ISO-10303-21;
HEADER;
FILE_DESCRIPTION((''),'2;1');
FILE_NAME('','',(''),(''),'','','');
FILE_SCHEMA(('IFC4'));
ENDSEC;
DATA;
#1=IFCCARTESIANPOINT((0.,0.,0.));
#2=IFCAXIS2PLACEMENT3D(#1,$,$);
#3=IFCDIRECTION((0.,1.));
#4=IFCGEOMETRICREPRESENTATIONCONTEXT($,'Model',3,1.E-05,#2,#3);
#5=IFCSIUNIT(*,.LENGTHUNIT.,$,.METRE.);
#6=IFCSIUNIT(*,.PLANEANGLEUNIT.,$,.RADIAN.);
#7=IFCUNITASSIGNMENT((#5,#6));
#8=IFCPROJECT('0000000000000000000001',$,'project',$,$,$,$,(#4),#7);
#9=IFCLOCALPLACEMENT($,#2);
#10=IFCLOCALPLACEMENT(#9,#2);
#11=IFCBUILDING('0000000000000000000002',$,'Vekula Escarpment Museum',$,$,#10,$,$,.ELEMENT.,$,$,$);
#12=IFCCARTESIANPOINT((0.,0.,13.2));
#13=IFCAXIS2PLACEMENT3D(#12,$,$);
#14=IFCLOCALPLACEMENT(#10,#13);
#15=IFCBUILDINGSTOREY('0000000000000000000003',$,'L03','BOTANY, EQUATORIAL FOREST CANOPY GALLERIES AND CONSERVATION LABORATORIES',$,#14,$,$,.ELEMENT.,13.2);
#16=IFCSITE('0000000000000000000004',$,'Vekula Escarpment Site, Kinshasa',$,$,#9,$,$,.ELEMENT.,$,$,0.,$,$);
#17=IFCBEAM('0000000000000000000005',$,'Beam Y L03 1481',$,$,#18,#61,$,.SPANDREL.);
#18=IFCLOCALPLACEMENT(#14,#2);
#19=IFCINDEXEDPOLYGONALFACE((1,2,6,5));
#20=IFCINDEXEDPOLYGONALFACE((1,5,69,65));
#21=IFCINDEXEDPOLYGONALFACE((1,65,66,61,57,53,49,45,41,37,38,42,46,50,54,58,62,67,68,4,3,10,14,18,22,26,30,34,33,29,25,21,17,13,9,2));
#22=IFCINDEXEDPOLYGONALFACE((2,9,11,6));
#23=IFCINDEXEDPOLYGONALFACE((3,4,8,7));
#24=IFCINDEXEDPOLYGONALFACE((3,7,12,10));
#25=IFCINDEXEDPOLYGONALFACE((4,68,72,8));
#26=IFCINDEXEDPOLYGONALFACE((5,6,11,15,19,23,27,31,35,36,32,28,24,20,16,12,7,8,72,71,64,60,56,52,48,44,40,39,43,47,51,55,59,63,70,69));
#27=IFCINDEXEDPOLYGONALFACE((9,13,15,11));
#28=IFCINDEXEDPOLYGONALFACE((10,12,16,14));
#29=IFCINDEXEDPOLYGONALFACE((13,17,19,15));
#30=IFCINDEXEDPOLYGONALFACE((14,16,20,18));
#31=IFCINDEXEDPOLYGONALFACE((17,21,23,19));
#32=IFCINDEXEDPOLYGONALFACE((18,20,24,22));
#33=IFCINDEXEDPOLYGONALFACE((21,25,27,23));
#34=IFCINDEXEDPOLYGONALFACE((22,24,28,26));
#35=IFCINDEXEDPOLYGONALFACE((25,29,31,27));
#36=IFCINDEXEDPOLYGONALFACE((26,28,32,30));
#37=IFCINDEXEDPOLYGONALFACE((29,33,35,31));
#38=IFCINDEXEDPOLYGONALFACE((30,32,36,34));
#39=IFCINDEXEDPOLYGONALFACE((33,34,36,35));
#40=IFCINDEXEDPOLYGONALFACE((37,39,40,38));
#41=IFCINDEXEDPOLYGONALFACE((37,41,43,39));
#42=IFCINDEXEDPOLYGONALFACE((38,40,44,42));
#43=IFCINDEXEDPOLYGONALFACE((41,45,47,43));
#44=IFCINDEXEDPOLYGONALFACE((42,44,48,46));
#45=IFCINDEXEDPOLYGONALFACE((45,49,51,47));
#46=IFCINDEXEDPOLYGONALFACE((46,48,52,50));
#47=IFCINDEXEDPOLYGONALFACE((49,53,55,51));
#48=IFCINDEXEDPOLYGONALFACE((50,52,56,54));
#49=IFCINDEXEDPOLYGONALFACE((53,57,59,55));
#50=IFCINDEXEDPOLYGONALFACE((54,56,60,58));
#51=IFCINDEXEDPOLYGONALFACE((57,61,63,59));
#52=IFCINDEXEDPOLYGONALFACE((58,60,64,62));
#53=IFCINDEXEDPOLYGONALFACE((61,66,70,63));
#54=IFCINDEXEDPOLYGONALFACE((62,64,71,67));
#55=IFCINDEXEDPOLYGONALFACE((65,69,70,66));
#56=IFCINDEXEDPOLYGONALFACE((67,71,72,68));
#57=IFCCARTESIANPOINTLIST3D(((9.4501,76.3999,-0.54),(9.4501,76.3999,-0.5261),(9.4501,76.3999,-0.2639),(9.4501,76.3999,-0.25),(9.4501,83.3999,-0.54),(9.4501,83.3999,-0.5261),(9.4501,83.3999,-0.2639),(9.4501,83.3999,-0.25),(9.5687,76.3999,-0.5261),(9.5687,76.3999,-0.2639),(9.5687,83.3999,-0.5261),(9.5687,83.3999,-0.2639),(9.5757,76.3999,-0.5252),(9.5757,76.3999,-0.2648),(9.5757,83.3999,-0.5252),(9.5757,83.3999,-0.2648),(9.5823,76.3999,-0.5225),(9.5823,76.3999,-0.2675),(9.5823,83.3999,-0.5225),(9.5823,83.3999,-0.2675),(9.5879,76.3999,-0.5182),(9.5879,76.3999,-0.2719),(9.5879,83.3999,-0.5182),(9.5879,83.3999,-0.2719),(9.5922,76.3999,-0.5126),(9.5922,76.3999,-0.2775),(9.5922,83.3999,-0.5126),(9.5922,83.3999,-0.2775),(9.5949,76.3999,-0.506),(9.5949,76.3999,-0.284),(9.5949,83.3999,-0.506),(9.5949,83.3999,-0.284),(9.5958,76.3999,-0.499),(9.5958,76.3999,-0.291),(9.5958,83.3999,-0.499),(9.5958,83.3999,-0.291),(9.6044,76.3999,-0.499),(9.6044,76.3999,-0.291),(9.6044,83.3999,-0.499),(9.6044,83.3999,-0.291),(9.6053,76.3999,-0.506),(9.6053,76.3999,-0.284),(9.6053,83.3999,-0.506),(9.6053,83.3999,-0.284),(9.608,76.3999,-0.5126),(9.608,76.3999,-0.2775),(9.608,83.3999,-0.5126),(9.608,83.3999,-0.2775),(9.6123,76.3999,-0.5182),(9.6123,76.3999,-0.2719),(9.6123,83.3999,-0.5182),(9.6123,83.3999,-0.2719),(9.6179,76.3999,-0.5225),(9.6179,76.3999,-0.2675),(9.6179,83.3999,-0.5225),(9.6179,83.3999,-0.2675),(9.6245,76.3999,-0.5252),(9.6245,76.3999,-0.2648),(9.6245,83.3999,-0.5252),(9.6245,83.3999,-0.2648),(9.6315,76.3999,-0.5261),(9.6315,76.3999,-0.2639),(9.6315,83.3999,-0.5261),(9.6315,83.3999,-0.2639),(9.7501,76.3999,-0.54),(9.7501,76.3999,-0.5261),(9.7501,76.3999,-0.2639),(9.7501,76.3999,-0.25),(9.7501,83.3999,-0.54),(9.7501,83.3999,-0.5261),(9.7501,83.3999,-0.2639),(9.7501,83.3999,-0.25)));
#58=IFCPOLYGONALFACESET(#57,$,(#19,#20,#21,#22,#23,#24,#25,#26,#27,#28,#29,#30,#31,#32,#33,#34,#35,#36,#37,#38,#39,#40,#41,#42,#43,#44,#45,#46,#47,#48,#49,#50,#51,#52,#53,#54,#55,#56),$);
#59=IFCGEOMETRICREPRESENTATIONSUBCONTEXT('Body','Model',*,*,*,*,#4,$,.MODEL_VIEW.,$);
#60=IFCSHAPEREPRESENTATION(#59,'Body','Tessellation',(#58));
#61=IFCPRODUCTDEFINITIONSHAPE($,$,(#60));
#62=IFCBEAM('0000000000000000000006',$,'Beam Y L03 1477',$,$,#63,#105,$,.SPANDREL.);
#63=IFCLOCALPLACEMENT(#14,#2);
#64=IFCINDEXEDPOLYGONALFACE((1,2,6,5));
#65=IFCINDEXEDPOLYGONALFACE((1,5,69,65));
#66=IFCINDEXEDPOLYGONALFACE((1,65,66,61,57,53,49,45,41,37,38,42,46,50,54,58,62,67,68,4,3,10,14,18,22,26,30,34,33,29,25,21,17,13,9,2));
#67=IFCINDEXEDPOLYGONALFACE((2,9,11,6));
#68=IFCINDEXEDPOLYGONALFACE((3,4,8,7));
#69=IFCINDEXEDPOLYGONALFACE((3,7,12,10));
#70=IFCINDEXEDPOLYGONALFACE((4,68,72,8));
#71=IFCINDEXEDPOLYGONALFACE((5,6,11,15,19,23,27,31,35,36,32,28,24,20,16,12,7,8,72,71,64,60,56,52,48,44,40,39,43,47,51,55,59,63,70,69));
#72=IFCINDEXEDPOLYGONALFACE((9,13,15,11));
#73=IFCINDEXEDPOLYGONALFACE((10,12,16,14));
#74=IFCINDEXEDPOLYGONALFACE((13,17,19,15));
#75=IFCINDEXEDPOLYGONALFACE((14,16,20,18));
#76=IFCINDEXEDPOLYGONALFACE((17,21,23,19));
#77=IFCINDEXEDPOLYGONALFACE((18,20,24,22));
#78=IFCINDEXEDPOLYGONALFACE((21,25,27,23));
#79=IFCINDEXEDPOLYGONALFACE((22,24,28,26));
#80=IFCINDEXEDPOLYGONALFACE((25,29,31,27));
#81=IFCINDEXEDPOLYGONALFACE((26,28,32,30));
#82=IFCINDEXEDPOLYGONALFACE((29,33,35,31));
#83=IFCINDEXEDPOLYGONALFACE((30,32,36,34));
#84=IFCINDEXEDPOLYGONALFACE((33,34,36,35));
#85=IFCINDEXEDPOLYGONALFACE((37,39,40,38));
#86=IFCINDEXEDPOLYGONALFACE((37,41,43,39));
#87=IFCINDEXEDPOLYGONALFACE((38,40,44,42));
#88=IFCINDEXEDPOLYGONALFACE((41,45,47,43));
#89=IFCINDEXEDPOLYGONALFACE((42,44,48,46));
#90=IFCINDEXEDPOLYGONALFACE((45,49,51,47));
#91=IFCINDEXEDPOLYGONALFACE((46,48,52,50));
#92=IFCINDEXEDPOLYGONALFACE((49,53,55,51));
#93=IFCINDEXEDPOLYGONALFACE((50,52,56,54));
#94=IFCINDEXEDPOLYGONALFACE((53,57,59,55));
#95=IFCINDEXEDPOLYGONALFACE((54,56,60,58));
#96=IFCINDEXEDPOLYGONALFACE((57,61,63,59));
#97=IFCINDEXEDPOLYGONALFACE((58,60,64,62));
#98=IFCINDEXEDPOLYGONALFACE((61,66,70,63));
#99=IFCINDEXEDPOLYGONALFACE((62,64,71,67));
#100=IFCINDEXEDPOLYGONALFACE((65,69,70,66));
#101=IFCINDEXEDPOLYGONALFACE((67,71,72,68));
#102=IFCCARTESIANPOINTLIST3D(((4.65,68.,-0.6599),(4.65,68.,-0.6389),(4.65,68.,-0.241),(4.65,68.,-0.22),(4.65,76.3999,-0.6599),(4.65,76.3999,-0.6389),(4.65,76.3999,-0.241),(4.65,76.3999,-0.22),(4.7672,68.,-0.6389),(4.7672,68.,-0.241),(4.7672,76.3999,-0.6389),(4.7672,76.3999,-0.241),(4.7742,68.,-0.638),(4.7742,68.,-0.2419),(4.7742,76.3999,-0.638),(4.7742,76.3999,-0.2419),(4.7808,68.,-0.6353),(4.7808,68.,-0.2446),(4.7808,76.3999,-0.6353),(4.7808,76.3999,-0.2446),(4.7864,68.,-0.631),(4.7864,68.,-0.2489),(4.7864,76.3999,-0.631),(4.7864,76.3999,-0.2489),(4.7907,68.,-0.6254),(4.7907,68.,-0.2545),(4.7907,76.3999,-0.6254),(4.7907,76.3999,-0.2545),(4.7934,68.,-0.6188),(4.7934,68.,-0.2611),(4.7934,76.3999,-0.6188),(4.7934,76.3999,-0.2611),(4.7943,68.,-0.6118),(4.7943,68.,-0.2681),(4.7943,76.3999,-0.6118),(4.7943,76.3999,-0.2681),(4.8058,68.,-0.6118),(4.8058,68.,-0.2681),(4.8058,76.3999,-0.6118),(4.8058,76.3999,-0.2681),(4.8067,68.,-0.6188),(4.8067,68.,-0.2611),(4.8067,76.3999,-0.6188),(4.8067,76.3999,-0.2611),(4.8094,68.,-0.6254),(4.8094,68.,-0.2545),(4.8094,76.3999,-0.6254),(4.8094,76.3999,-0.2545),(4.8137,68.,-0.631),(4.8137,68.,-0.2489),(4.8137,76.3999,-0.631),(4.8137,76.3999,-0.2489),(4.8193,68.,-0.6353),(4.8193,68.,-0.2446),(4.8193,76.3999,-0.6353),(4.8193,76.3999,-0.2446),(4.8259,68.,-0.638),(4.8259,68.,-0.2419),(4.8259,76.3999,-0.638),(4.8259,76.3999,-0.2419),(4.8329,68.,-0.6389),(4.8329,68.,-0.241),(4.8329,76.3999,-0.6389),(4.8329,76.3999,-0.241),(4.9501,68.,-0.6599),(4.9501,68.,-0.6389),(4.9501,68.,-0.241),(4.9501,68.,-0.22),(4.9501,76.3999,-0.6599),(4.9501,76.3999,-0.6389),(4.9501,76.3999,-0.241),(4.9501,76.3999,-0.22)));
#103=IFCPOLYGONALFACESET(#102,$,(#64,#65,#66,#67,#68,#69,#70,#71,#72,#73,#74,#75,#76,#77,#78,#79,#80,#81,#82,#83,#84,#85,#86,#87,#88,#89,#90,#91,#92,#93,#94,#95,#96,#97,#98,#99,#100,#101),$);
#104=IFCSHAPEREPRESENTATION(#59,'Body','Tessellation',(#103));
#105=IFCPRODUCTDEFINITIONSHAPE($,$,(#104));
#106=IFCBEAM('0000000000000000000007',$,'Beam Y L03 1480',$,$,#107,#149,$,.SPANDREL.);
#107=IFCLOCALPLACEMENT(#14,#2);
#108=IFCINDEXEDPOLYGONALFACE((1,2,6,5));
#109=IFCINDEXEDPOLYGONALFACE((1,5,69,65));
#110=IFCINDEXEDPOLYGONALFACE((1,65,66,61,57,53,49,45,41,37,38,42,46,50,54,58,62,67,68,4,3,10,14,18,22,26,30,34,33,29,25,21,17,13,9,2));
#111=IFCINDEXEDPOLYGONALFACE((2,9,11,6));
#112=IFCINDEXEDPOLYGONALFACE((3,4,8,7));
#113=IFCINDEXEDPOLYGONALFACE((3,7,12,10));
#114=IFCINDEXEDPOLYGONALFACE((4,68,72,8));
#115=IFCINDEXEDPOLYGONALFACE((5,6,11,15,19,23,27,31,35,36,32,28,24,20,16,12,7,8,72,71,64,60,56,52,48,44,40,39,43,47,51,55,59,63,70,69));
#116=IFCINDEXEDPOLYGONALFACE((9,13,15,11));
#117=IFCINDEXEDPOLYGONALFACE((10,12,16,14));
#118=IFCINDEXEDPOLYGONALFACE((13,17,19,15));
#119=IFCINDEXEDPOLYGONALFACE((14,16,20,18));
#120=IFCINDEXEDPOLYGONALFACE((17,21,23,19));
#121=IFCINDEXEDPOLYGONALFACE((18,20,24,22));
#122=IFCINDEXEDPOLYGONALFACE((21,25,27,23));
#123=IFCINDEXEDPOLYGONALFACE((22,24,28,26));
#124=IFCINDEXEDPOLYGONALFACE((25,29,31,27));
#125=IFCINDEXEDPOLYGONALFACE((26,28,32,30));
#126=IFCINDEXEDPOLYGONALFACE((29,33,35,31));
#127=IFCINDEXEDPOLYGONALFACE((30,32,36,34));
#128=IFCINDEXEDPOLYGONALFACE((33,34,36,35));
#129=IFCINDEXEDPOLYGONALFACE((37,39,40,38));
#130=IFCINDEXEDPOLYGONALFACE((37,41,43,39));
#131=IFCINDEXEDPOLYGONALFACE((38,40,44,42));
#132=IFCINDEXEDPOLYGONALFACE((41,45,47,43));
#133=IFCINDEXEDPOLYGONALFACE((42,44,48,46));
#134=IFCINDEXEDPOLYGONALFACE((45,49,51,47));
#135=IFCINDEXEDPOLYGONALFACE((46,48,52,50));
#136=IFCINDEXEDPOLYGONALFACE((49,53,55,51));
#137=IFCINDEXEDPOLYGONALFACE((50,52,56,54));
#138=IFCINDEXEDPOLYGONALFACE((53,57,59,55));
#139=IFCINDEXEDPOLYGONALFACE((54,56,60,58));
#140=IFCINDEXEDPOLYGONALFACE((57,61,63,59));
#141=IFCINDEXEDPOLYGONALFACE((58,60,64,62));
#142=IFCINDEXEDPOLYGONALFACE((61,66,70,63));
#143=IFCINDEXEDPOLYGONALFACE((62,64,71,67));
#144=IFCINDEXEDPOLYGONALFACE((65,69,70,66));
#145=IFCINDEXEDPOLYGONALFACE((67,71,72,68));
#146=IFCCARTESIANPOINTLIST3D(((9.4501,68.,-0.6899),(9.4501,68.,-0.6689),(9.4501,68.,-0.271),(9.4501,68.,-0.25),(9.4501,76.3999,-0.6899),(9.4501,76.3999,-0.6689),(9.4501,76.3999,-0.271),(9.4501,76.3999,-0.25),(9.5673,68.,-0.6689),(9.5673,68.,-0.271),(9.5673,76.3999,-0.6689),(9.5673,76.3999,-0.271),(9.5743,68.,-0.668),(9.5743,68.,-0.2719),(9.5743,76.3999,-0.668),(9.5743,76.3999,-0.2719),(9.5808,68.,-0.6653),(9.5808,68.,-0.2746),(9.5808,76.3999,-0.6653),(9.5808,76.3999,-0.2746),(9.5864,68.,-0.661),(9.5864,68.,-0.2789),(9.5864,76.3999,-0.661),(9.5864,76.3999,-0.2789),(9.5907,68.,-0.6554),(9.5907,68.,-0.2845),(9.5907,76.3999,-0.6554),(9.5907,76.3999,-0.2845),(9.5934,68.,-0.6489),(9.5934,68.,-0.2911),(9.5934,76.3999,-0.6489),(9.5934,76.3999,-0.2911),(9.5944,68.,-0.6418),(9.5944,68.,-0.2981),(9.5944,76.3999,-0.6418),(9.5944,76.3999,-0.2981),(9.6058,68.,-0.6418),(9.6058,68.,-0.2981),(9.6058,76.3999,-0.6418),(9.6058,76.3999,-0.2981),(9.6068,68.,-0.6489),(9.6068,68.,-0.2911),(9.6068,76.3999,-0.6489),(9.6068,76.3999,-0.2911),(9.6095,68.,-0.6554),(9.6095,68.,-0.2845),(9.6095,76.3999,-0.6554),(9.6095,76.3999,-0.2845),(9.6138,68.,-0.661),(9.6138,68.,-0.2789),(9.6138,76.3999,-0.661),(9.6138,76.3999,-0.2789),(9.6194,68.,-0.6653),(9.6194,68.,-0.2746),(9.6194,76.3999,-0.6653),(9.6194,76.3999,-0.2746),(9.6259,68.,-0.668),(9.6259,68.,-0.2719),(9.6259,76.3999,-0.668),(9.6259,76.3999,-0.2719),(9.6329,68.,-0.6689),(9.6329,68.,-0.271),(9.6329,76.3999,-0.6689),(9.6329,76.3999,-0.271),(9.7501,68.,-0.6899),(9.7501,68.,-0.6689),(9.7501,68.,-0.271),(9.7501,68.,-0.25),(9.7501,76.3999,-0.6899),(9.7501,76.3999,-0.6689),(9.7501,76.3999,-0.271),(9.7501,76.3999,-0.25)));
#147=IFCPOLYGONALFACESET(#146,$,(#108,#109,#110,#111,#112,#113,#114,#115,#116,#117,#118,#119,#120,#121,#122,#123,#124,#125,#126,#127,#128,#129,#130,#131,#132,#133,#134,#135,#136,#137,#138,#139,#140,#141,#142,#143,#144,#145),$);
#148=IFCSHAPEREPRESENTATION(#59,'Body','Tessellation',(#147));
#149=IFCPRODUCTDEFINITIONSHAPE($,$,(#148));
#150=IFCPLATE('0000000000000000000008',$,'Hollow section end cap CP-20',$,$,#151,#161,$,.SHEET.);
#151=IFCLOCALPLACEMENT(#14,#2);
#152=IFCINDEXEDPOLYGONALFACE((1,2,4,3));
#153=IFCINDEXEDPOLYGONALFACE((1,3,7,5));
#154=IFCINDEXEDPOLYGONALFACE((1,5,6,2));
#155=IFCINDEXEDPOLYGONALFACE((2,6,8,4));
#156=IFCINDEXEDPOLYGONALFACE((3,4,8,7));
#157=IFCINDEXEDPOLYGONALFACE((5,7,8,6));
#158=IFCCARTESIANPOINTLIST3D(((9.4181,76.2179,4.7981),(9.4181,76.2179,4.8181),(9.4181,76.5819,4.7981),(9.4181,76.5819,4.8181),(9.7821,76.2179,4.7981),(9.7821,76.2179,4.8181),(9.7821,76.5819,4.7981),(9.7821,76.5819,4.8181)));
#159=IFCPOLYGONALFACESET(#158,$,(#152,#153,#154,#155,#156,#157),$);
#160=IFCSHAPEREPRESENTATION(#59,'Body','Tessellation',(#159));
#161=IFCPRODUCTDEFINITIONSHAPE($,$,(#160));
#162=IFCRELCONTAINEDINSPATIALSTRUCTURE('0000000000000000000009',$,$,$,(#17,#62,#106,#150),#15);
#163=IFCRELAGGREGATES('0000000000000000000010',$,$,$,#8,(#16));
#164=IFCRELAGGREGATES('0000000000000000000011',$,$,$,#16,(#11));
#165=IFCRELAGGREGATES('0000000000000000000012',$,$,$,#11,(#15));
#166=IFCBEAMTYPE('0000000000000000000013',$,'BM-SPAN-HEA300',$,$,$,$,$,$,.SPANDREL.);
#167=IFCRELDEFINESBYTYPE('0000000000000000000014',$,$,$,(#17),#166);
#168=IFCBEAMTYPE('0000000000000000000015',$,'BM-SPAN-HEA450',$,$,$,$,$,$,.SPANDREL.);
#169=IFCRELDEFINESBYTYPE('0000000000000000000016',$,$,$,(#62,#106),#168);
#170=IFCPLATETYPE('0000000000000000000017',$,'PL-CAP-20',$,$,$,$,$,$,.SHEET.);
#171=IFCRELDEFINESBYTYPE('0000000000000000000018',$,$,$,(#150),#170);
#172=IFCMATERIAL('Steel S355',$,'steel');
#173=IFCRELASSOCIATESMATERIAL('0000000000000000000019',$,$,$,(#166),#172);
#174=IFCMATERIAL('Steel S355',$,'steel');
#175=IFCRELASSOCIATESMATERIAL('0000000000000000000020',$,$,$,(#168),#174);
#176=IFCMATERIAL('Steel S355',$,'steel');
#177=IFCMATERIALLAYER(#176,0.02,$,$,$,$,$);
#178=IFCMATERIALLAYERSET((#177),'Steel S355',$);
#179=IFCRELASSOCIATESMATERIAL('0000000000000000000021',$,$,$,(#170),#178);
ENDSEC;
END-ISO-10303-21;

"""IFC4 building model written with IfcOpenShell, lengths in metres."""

from ifc_helpers import new_model, si_unit, direction, frame, origin, origin_2d, place, context, subcontext, project, spatial, rectangle, i_section, extrude, material, layer, layer_set, material_profile, profile_set, type_object, element, save


model = new_model("IFC4")

# Units and contexts
model_context = context("Model", 3, precision=1e-05, world=origin(), true_north=direction((0.0, 1.0)))
body_context = subcontext(model_context, "Body", "Model", "MODEL_VIEW")
ifc_project = project(units=[si_unit("LENGTHUNIT", "METRE"), si_unit("PLANEANGLEUNIT", "RADIAN")], contexts=[model_context])

# Site, building, storey
site_placement = place(None, origin())
site = spatial("IfcSite", under=ifc_project, at=site_placement, Name="Vekula Escarpment Site, Kinshasa", CompositionType="ELEMENT", RefElevation=0.0)
building_placement = place(site_placement, origin())
building = spatial("IfcBuilding", under=site, at=building_placement, Name="Vekula Escarpment Museum", CompositionType="ELEMENT")
storey_placement = place(building_placement, frame((0.0, 0.0, 13.2)))
storey = spatial("IfcBuildingStorey", under=building, at=storey_placement, Name="L03", Description="BOTANY, EQUATORIAL FOREST CANOPY GALLERIES AND CONSERVATION LABORATORIES", CompositionType="ELEMENT", Elevation=13.2)

# Beams
ifc_material_1 = material(Name="Steel S355", Category="steel")
ifc_material_profile_1 = material_profile(ifc_material_1, i_section(OverallWidth=0.3, OverallDepth=0.29, WebThickness=0.0085, FlangeThickness=0.0139, FilletRadius=0.0271, at=origin_2d()), Name="HEA 300")
ifc_profile_set_1 = profile_set([ifc_material_profile_1], Name="Steel S355")
beam_type_1 = type_object("IfcBeamType", Name="BM-SPAN-HEA300", PredefinedType="SPANDREL", material=ifc_profile_set_1)
for number, where, z_axis, x_axis, name in (
    (1, (9.6001, 76.3999, -0.395), (0.0, 1.0, 0.0), (-1.0, 0.0, 0.0), "Beam Y L03 1481"),
):
    element("IfcBeam", number, at=place(storey_placement, frame(where, z_axis=z_axis, x_axis=x_axis)), inside=storey, type_object=beam_type_1, Name=name, PredefinedType="SPANDREL", context=body_context, shape_type="SweptSolid", body=[
        extrude(i_section(OverallWidth=0.3, OverallDepth=0.29, WebThickness=0.0085, FlangeThickness=0.0139, FilletRadius=0.0271, at=origin_2d()), origin(), (0.0, 0.0, 1.0), 7.0),
    ])
ifc_material_2 = material(Name="Steel S355", Category="steel")
ifc_material_profile_2 = material_profile(ifc_material_2, i_section(OverallWidth=0.3, OverallDepth=0.4399, WebThickness=0.0115, FlangeThickness=0.021, FilletRadius=0.0271, at=origin_2d()), Name="HEA 450")
ifc_profile_set_2 = profile_set([ifc_material_profile_2], Name="Steel S355")
beam_type_2 = type_object("IfcBeamType", Name="BM-SPAN-HEA450", PredefinedType="SPANDREL", material=ifc_profile_set_2)
for number, where, z_axis, x_axis, name in (
    (2, (4.8, 68.0, -0.4399), (0.0, 1.0, 0.0), (-1.0, 0.0, 0.0), "Beam Y L03 1477"),
    (3, (9.6001, 68.0, -0.47), (0.0, 1.0, 0.0), (-1.0, 0.0, 0.0), "Beam Y L03 1480"),
):
    element("IfcBeam", number, at=place(storey_placement, frame(where, z_axis=z_axis, x_axis=x_axis)), inside=storey, type_object=beam_type_2, Name=name, PredefinedType="SPANDREL", context=body_context, shape_type="SweptSolid", body=[
        extrude(i_section(OverallWidth=0.3, OverallDepth=0.4399, WebThickness=0.0115, FlangeThickness=0.021, FilletRadius=0.0271, at=origin_2d()), origin(), (0.0, 0.0, 1.0), 8.3999),
    ])

# Plate
ifc_material_3 = material(Name="Steel S355", Category="steel")
ifc_layer_1 = layer(ifc_material_3, 0.02)
ifc_layer_set_1 = layer_set([ifc_layer_1], Name="Steel S355")
plate_type = type_object("IfcPlateType", Name="PL-CAP-20", PredefinedType="SHEET", material=ifc_layer_set_1)
plate_placement = place(storey_placement, frame((9.6001, 76.3999, 4.7981), z_axis=(0.0, 0.0, 1.0), x_axis=(1.0, 0.0, 0.0)))
element("IfcPlate", 4, at=plate_placement, inside=storey, type_object=plate_type, Name="Hollow section end cap CP-20", PredefinedType="SHEET", context=body_context, shape_type="SweptSolid", body=[
    extrude(rectangle(XDim=0.364, YDim=0.364, at=origin_2d()), origin(), (0.0, 0.0, 1.0), 0.02),
])

save(model, "model.ifc")
